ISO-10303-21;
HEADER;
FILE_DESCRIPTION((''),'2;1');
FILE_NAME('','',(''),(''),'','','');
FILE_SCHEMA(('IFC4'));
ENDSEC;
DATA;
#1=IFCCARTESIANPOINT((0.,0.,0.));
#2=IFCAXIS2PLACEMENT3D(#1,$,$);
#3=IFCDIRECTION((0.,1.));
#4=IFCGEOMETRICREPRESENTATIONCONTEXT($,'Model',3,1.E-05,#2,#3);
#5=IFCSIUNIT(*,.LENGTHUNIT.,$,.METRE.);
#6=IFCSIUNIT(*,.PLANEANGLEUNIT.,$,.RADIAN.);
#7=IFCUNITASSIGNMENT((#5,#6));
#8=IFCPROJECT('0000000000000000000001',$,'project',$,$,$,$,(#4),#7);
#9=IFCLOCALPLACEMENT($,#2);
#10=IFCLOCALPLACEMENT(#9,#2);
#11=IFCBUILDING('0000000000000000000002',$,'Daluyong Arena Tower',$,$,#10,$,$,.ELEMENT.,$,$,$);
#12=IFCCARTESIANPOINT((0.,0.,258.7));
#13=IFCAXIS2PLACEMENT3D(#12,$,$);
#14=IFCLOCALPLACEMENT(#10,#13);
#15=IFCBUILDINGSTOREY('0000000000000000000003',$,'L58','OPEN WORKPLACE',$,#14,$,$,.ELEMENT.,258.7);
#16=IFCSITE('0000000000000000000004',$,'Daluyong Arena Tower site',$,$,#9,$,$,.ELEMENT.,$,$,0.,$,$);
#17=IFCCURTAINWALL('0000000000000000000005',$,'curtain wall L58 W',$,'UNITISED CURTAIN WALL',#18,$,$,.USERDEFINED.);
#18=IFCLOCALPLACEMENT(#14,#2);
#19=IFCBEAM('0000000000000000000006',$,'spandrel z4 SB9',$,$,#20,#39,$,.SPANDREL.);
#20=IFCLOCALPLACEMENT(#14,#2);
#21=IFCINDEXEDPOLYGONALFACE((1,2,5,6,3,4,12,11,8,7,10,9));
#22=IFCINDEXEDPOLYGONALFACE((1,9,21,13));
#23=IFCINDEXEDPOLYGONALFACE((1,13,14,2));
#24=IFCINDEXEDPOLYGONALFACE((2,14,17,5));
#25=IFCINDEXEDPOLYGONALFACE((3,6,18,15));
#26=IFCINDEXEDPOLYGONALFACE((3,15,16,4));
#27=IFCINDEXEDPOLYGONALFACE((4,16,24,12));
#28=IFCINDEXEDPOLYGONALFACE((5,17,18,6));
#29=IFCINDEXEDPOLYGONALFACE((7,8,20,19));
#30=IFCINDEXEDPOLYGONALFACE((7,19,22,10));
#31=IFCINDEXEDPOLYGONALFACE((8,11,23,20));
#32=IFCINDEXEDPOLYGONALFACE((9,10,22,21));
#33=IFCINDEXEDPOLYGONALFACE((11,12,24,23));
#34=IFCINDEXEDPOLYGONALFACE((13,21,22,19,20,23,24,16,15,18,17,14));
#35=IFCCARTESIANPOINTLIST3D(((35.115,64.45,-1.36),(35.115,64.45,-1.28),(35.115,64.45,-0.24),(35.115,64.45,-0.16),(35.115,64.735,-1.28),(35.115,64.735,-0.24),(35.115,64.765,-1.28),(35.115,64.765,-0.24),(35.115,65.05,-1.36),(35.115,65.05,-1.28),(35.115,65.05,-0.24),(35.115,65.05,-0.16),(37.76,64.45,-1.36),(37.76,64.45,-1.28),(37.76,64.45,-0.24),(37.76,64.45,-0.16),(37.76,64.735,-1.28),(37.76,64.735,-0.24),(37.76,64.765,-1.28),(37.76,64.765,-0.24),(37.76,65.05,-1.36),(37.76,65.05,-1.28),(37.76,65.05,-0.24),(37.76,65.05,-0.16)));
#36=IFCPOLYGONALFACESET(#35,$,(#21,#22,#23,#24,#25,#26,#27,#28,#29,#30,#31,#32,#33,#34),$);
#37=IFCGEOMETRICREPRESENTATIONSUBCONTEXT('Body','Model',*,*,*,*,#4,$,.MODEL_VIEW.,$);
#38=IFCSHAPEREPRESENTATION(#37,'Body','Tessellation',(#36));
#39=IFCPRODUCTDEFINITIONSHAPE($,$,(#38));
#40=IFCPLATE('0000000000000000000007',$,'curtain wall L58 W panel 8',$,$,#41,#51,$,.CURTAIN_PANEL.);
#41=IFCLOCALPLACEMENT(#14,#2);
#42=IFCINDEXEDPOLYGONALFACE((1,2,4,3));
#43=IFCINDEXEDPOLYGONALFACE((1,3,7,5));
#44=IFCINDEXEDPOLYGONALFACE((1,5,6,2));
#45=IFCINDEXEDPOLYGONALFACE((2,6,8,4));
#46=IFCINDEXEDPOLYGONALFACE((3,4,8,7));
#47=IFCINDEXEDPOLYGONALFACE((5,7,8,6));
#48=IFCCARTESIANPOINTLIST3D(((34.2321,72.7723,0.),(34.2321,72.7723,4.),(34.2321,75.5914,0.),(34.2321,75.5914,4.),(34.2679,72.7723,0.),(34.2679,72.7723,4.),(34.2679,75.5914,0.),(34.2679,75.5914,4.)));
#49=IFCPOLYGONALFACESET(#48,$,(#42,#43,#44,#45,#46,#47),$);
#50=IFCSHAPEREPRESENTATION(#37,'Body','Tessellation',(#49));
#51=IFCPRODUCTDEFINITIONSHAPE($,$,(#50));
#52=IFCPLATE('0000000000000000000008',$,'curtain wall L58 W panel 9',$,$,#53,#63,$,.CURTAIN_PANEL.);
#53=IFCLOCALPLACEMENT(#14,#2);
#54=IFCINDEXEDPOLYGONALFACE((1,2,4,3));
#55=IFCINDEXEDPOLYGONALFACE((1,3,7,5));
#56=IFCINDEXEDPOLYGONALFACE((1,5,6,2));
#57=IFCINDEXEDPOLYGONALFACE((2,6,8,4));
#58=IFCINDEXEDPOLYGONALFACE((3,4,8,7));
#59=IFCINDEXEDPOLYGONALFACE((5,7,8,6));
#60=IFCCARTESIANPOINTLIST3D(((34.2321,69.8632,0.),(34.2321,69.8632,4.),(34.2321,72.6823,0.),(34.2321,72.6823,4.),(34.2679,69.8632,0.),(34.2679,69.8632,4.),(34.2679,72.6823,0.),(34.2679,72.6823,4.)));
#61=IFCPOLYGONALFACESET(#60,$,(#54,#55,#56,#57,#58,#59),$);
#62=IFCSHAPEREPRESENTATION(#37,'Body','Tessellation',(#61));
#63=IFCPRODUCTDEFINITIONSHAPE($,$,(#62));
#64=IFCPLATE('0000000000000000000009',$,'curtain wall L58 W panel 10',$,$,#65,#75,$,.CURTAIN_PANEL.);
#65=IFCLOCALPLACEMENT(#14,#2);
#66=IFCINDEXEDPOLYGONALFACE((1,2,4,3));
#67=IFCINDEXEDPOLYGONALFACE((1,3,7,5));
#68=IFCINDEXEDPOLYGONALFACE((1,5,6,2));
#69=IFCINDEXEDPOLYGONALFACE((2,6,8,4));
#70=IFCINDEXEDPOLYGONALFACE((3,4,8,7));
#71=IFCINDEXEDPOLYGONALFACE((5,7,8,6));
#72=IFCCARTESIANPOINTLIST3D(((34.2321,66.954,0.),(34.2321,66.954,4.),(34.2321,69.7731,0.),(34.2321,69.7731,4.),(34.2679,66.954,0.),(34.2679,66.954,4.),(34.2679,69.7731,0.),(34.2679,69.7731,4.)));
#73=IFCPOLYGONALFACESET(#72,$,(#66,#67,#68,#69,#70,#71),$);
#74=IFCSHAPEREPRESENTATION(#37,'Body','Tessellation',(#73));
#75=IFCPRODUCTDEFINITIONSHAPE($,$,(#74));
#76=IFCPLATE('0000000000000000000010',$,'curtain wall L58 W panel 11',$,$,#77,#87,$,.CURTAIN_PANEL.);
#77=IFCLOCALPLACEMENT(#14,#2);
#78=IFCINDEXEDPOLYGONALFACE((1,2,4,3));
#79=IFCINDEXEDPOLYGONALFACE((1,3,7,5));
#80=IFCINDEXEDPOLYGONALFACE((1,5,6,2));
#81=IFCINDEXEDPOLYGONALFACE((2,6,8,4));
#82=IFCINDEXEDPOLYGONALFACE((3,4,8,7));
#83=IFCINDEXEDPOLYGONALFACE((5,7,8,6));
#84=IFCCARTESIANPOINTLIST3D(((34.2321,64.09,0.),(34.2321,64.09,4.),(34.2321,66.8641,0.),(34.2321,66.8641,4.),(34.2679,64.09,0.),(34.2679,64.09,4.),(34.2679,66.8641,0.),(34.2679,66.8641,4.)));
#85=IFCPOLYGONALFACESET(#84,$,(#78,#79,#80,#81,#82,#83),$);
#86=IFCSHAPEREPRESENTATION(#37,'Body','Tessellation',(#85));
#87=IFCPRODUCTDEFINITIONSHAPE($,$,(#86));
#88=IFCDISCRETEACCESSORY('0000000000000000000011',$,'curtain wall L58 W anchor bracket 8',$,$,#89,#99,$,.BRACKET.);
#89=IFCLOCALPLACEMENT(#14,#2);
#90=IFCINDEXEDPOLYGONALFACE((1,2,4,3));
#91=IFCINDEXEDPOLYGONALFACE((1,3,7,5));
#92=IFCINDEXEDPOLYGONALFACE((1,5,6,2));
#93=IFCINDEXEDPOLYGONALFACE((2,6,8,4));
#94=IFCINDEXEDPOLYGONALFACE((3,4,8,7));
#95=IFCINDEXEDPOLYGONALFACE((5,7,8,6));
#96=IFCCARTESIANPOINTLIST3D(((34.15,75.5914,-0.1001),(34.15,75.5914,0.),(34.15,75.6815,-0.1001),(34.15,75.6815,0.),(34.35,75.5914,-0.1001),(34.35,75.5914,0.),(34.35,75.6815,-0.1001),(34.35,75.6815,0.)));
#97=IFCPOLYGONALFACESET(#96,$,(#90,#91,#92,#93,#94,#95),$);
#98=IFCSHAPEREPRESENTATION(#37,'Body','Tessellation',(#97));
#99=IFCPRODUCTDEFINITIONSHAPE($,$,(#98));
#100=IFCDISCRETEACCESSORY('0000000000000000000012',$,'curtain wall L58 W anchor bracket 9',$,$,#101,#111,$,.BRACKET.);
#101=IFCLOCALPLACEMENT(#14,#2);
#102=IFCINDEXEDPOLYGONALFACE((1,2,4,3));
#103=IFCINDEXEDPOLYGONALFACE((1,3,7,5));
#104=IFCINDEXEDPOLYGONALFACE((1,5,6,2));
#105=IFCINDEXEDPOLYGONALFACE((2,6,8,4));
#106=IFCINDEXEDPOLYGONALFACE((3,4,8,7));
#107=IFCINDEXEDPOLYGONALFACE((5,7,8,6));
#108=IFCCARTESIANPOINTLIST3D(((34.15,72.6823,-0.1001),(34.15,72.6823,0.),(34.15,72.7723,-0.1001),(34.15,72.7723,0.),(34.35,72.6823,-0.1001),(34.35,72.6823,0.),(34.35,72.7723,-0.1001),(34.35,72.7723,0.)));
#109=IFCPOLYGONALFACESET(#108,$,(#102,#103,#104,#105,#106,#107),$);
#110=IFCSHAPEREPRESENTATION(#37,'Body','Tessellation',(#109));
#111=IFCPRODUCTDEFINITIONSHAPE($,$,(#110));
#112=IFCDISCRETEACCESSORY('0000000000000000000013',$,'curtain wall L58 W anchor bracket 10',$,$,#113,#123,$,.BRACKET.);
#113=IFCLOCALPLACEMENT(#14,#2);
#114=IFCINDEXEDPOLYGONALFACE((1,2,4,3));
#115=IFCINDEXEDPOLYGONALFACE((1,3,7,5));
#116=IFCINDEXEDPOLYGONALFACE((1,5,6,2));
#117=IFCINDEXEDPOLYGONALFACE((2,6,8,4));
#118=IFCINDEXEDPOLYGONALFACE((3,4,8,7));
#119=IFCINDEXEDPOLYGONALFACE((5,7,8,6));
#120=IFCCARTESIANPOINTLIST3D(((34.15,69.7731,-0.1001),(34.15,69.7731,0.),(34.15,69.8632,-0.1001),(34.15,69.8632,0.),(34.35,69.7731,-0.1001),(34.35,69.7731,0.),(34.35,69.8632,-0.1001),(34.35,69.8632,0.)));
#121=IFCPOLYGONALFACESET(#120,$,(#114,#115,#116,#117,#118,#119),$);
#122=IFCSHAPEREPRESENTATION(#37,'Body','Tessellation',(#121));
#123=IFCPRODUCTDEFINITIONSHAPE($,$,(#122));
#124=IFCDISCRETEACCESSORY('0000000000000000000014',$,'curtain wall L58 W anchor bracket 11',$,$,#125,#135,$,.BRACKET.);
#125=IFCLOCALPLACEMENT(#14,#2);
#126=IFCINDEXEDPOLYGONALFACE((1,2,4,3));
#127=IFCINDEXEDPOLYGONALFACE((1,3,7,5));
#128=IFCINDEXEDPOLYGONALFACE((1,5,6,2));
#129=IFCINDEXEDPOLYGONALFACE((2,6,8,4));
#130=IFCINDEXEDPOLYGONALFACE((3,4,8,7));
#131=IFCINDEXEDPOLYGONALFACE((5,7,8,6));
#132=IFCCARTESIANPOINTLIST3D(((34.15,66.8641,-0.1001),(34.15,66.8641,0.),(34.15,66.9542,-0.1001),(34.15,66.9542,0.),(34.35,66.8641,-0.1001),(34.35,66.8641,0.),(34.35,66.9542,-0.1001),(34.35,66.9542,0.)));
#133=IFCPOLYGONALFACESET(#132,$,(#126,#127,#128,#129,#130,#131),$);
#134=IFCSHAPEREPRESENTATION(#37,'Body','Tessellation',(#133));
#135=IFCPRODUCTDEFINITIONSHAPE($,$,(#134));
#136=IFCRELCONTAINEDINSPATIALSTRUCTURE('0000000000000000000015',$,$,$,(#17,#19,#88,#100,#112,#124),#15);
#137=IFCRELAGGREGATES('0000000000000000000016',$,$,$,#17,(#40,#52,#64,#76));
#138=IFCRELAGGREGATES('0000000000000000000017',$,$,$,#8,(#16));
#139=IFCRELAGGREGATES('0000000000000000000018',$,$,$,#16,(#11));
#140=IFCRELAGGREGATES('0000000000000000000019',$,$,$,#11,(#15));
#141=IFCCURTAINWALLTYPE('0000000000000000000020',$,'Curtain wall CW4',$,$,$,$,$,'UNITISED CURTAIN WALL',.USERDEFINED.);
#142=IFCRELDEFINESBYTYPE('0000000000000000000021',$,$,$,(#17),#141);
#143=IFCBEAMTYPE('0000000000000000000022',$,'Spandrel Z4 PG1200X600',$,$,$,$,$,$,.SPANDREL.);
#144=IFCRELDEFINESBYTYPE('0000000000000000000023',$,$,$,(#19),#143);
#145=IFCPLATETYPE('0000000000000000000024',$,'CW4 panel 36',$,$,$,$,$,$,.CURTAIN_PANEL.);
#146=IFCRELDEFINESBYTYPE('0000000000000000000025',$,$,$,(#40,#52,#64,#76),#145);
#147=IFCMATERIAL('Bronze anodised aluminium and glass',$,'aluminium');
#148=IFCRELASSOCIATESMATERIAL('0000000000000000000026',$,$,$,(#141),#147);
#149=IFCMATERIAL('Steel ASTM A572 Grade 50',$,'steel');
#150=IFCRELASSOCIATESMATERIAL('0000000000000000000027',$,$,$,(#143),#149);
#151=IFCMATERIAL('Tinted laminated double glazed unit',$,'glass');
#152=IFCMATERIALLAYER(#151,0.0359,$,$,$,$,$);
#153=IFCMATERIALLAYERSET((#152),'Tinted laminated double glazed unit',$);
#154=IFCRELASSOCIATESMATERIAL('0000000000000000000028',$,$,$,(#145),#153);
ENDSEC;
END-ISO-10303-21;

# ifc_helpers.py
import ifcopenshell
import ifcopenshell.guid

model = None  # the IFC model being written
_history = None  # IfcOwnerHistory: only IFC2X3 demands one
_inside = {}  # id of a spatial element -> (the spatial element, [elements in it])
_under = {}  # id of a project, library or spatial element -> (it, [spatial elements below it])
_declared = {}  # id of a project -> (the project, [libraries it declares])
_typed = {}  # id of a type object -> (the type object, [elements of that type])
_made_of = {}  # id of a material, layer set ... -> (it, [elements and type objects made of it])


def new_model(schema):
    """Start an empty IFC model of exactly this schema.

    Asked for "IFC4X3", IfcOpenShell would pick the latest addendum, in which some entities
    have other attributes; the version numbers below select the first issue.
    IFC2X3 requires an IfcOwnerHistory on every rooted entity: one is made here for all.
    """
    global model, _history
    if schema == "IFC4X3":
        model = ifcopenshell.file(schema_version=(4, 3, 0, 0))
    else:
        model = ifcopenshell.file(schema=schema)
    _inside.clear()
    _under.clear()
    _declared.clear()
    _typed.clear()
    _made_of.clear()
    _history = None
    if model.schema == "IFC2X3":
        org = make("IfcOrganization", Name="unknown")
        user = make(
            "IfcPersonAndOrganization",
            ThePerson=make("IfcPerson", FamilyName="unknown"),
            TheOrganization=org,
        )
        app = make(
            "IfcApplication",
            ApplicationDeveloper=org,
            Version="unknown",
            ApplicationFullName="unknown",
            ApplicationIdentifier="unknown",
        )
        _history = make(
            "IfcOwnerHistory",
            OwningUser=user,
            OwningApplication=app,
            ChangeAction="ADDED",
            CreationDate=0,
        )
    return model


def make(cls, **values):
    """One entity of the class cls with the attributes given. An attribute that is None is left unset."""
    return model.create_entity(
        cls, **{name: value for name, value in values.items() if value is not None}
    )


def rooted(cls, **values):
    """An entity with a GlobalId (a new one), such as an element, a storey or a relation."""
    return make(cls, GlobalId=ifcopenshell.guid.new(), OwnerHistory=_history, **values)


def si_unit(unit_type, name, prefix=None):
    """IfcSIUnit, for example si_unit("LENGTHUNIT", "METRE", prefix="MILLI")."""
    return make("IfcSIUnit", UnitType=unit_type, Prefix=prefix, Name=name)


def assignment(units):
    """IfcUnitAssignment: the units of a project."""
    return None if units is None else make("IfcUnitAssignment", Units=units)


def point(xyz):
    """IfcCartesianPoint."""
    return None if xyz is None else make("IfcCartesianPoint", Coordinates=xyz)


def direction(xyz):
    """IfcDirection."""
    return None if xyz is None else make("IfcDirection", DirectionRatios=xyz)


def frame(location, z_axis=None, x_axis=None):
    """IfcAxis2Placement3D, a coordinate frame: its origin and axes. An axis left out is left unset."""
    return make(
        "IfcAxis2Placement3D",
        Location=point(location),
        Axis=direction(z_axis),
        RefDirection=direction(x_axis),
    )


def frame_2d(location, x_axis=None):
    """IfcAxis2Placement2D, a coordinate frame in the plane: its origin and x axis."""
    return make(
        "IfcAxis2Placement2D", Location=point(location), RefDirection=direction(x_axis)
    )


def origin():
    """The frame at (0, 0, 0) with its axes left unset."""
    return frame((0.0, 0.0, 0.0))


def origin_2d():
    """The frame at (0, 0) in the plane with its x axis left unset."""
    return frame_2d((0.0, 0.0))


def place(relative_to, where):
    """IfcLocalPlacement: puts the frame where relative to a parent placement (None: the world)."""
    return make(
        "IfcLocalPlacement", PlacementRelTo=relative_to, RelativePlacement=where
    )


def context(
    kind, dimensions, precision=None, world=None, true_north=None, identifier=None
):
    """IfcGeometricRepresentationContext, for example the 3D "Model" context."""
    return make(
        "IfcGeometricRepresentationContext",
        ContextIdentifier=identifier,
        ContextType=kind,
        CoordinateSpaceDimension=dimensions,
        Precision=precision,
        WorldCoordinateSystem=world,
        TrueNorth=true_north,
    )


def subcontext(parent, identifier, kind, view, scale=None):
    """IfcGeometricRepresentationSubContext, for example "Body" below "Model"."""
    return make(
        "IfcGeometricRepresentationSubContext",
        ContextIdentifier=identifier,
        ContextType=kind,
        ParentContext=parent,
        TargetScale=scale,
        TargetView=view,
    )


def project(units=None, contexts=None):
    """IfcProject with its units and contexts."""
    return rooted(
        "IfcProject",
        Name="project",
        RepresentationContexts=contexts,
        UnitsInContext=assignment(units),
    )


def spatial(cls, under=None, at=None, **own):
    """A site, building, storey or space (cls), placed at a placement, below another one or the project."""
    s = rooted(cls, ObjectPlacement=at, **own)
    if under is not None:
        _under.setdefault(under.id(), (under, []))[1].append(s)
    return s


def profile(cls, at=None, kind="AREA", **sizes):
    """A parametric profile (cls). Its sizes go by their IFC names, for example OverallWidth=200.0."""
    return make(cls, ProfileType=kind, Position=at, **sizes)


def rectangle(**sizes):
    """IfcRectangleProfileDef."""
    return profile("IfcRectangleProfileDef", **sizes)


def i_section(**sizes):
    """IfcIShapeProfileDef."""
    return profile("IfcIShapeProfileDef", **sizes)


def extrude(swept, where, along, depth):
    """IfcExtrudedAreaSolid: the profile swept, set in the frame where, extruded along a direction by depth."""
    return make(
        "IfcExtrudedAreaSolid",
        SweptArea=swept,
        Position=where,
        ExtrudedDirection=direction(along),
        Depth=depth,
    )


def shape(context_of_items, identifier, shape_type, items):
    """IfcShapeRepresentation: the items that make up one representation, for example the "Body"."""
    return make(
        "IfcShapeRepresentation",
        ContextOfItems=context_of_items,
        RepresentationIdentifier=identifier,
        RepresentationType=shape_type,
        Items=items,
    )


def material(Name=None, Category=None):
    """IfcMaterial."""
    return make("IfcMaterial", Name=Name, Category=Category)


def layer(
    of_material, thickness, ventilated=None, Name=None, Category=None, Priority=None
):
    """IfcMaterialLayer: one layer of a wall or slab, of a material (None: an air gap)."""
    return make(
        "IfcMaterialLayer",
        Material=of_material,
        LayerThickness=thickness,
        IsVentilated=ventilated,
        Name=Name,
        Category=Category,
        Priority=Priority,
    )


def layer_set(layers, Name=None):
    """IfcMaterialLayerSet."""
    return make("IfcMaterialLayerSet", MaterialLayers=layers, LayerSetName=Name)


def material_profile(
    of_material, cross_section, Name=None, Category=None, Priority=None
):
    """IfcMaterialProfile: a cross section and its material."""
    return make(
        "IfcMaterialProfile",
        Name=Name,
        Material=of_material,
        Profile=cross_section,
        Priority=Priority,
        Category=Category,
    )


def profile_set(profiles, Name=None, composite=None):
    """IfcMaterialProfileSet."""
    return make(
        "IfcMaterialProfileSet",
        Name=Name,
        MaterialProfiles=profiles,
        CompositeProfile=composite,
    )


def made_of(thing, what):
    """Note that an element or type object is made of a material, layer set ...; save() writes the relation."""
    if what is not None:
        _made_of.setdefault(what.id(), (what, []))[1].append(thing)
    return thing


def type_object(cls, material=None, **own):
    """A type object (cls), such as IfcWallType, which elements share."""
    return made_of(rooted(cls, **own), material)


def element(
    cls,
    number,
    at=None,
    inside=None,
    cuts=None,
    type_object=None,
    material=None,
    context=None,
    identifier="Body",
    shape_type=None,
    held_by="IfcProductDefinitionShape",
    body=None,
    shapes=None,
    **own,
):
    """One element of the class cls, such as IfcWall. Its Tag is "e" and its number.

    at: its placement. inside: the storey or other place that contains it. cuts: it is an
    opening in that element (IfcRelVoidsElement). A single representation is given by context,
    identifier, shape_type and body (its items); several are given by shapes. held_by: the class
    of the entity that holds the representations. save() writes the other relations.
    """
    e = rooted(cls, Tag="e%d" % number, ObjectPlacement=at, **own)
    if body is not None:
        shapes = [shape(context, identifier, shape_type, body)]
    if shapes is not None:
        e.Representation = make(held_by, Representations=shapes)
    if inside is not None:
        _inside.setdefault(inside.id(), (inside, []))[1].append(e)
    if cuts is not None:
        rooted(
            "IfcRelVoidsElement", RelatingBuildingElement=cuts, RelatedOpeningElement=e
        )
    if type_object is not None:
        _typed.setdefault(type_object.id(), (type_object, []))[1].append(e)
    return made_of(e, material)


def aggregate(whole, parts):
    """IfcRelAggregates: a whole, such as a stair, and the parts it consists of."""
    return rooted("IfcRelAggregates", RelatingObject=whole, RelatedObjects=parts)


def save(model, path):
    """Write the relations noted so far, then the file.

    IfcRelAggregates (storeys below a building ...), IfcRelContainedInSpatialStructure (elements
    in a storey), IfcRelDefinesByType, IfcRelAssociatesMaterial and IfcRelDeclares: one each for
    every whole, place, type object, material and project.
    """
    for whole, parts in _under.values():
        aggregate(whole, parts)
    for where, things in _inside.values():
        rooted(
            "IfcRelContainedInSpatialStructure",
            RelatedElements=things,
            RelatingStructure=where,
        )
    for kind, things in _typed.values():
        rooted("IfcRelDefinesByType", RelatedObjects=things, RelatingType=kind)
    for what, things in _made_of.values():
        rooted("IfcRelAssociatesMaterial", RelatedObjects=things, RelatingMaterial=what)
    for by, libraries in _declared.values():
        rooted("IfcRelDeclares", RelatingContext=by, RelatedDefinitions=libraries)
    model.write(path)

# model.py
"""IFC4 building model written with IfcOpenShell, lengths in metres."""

from ifc_helpers import new_model, si_unit, direction, frame, origin, origin_2d, place, context, subcontext, project, spatial, rectangle, i_section, extrude, material, layer, layer_set, material_profile, profile_set, type_object, element, aggregate, save


model = new_model("IFC4")

# Units and contexts
model_context = context("Model", 3, precision=1e-05, world=origin(), true_north=direction((0.0, 1.0)))
body_context = subcontext(model_context, "Body", "Model", "MODEL_VIEW")
ifc_project = project(units=[si_unit("LENGTHUNIT", "METRE"), si_unit("PLANEANGLEUNIT", "RADIAN")], contexts=[model_context])

# Site, building, storey
site_placement = place(None, origin())
site = spatial("IfcSite", under=ifc_project, at=site_placement, Name="Daluyong Arena Tower site", CompositionType="ELEMENT", RefElevation=0.0)
building_placement = place(site_placement, origin())
building = spatial("IfcBuilding", under=site, at=building_placement, Name="Daluyong Arena Tower", CompositionType="ELEMENT")
storey_placement = place(building_placement, frame((0.0, 0.0, 258.7)))
storey = spatial("IfcBuildingStorey", under=building, at=storey_placement, Name="L58", Description="OPEN WORKPLACE", CompositionType="ELEMENT", Elevation=258.7)

# Curtain wall
ifc_material_1 = material(Name="Bronze anodised aluminium and glass", Category="aluminium")
curtain_wall_type_1 = type_object("IfcCurtainWallType", Name="Curtain wall CW4", ElementType="UNITISED CURTAIN WALL", PredefinedType="USERDEFINED", material=ifc_material_1)
curtain_wall_1_placement = place(storey_placement, origin())
curtain_wall_1 = element("IfcCurtainWall", 1, at=curtain_wall_1_placement, inside=storey, type_object=curtain_wall_type_1, Name="curtain wall L58 W", ObjectType="UNITISED CURTAIN WALL", PredefinedType="USERDEFINED")

# Beam
ifc_material_2 = material(Name="Steel ASTM A572 Grade 50", Category="steel")
ifc_material_profile_1 = material_profile(ifc_material_2, i_section(OverallWidth=0.6001, OverallDepth=1.2, WebThickness=0.03, FlangeThickness=0.08, at=origin_2d()))
ifc_profile_set_1 = profile_set([ifc_material_profile_1], Name="Steel ASTM A572 Grade 50")
beam_type_1 = type_object("IfcBeamType", Name="Spandrel Z4 PG1200X600", PredefinedType="SPANDREL", material=ifc_profile_set_1)
beam_1_placement = place(storey_placement, frame((35.115, 64.75, -0.76), z_axis=(1.0, 0.0, 0.0), x_axis=(0.0, 1.0, 0.0)))
element("IfcBeam", 2, at=beam_1_placement, inside=storey, type_object=beam_type_1, Name="spandrel z4 SB9", PredefinedType="SPANDREL", context=body_context, shape_type="SweptSolid", body=[
    extrude(i_section(OverallWidth=0.6001, OverallDepth=1.2, WebThickness=0.03, FlangeThickness=0.08, at=origin_2d()), origin(), (0.0, 0.0, 1.0), 2.645),
])

# Plates
ifc_material_3 = material(Name="Tinted laminated double glazed unit", Category="glass")
ifc_layer = layer(ifc_material_3, 0.0359)
ifc_layer_set = layer_set([ifc_layer], Name="Tinted laminated double glazed unit")
plate_type = type_object("IfcPlateType", Name="CW4 panel 36", PredefinedType="CURTAIN_PANEL", material=ifc_layer_set)
plate_1_placement = place(storey_placement, frame((34.25, 74.1819, 0.0), z_axis=(0.0, 0.0, 1.0), x_axis=(0.0, -1.0, 0.0)))
plate_1 = element("IfcPlate", 3, at=plate_1_placement, type_object=plate_type, Name="curtain wall L58 W panel 8", PredefinedType="CURTAIN_PANEL", context=body_context, shape_type="SweptSolid", body=[
    extrude(rectangle(XDim=2.8191, YDim=0.0359, at=origin_2d()), origin(), (0.0, 0.0, 1.0), 4.0),
])
plate_2_placement = place(storey_placement, frame((34.25, 71.2727, 0.0), z_axis=(0.0, 0.0, 1.0), x_axis=(0.0, -1.0, 0.0)))
plate_2 = element("IfcPlate", 4, at=plate_2_placement, type_object=plate_type, Name="curtain wall L58 W panel 9", PredefinedType="CURTAIN_PANEL", context=body_context, shape_type="SweptSolid", body=[
    extrude(rectangle(XDim=2.8191, YDim=0.0359, at=origin_2d()), origin(), (0.0, 0.0, 1.0), 4.0),
])
plate_3_placement = place(storey_placement, frame((34.25, 68.3635, 0.0), z_axis=(0.0, 0.0, 1.0), x_axis=(0.0, -1.0, 0.0)))
plate_3 = element("IfcPlate", 5, at=plate_3_placement, type_object=plate_type, Name="curtain wall L58 W panel 10", PredefinedType="CURTAIN_PANEL", context=body_context, shape_type="SweptSolid", body=[
    extrude(rectangle(XDim=2.8191, YDim=0.0359, at=origin_2d()), origin(), (0.0, 0.0, 1.0), 4.0),
])
plate_4_placement = place(storey_placement, frame((34.25, 65.4771, 0.0), z_axis=(0.0, 0.0, 1.0), x_axis=(0.0, -1.0, 0.0)))
plate_4 = element("IfcPlate", 6, at=plate_4_placement, type_object=plate_type, Name="curtain wall L58 W panel 11", PredefinedType="CURTAIN_PANEL", context=body_context, shape_type="SweptSolid", body=[
    extrude(rectangle(XDim=2.7742, YDim=0.0359, at=origin_2d()), origin(), (0.0, 0.0, 1.0), 4.0),
])
aggregate(curtain_wall_1, [plate_1, plate_2, plate_3, plate_4])

# Discrete accessories
for number, where, z_axis, x_axis, name in (
    (7, (34.25, 75.6365, -0.1001), (0.0, 0.0, 1.0), (0.0, -1.0, 0.0), "curtain wall L58 W anchor bracket 8"),
    (8, (34.25, 72.7273, -0.1001), (0.0, 0.0, 1.0), (0.0, -1.0, 0.0), "curtain wall L58 W anchor bracket 9"),
    (9, (34.25, 69.8181, -0.1001), (0.0, 0.0, 1.0), (0.0, -1.0, 0.0), "curtain wall L58 W anchor bracket 10"),
    (10, (34.25, 66.9092, -0.1001), (0.0, 0.0, 1.0), (0.0, -1.0, 0.0), "curtain wall L58 W anchor bracket 11"),
):
    element("IfcDiscreteAccessory", number, at=place(storey_placement, frame(where, z_axis=z_axis, x_axis=x_axis)), inside=storey, Name=name, PredefinedType="BRACKET", context=body_context, shape_type="SweptSolid", body=[
        extrude(rectangle(XDim=0.0901, YDim=0.2, at=origin_2d()), origin(), (0.0, 0.0, 1.0), 0.1001),
    ])

save(model, "model.ifc")
